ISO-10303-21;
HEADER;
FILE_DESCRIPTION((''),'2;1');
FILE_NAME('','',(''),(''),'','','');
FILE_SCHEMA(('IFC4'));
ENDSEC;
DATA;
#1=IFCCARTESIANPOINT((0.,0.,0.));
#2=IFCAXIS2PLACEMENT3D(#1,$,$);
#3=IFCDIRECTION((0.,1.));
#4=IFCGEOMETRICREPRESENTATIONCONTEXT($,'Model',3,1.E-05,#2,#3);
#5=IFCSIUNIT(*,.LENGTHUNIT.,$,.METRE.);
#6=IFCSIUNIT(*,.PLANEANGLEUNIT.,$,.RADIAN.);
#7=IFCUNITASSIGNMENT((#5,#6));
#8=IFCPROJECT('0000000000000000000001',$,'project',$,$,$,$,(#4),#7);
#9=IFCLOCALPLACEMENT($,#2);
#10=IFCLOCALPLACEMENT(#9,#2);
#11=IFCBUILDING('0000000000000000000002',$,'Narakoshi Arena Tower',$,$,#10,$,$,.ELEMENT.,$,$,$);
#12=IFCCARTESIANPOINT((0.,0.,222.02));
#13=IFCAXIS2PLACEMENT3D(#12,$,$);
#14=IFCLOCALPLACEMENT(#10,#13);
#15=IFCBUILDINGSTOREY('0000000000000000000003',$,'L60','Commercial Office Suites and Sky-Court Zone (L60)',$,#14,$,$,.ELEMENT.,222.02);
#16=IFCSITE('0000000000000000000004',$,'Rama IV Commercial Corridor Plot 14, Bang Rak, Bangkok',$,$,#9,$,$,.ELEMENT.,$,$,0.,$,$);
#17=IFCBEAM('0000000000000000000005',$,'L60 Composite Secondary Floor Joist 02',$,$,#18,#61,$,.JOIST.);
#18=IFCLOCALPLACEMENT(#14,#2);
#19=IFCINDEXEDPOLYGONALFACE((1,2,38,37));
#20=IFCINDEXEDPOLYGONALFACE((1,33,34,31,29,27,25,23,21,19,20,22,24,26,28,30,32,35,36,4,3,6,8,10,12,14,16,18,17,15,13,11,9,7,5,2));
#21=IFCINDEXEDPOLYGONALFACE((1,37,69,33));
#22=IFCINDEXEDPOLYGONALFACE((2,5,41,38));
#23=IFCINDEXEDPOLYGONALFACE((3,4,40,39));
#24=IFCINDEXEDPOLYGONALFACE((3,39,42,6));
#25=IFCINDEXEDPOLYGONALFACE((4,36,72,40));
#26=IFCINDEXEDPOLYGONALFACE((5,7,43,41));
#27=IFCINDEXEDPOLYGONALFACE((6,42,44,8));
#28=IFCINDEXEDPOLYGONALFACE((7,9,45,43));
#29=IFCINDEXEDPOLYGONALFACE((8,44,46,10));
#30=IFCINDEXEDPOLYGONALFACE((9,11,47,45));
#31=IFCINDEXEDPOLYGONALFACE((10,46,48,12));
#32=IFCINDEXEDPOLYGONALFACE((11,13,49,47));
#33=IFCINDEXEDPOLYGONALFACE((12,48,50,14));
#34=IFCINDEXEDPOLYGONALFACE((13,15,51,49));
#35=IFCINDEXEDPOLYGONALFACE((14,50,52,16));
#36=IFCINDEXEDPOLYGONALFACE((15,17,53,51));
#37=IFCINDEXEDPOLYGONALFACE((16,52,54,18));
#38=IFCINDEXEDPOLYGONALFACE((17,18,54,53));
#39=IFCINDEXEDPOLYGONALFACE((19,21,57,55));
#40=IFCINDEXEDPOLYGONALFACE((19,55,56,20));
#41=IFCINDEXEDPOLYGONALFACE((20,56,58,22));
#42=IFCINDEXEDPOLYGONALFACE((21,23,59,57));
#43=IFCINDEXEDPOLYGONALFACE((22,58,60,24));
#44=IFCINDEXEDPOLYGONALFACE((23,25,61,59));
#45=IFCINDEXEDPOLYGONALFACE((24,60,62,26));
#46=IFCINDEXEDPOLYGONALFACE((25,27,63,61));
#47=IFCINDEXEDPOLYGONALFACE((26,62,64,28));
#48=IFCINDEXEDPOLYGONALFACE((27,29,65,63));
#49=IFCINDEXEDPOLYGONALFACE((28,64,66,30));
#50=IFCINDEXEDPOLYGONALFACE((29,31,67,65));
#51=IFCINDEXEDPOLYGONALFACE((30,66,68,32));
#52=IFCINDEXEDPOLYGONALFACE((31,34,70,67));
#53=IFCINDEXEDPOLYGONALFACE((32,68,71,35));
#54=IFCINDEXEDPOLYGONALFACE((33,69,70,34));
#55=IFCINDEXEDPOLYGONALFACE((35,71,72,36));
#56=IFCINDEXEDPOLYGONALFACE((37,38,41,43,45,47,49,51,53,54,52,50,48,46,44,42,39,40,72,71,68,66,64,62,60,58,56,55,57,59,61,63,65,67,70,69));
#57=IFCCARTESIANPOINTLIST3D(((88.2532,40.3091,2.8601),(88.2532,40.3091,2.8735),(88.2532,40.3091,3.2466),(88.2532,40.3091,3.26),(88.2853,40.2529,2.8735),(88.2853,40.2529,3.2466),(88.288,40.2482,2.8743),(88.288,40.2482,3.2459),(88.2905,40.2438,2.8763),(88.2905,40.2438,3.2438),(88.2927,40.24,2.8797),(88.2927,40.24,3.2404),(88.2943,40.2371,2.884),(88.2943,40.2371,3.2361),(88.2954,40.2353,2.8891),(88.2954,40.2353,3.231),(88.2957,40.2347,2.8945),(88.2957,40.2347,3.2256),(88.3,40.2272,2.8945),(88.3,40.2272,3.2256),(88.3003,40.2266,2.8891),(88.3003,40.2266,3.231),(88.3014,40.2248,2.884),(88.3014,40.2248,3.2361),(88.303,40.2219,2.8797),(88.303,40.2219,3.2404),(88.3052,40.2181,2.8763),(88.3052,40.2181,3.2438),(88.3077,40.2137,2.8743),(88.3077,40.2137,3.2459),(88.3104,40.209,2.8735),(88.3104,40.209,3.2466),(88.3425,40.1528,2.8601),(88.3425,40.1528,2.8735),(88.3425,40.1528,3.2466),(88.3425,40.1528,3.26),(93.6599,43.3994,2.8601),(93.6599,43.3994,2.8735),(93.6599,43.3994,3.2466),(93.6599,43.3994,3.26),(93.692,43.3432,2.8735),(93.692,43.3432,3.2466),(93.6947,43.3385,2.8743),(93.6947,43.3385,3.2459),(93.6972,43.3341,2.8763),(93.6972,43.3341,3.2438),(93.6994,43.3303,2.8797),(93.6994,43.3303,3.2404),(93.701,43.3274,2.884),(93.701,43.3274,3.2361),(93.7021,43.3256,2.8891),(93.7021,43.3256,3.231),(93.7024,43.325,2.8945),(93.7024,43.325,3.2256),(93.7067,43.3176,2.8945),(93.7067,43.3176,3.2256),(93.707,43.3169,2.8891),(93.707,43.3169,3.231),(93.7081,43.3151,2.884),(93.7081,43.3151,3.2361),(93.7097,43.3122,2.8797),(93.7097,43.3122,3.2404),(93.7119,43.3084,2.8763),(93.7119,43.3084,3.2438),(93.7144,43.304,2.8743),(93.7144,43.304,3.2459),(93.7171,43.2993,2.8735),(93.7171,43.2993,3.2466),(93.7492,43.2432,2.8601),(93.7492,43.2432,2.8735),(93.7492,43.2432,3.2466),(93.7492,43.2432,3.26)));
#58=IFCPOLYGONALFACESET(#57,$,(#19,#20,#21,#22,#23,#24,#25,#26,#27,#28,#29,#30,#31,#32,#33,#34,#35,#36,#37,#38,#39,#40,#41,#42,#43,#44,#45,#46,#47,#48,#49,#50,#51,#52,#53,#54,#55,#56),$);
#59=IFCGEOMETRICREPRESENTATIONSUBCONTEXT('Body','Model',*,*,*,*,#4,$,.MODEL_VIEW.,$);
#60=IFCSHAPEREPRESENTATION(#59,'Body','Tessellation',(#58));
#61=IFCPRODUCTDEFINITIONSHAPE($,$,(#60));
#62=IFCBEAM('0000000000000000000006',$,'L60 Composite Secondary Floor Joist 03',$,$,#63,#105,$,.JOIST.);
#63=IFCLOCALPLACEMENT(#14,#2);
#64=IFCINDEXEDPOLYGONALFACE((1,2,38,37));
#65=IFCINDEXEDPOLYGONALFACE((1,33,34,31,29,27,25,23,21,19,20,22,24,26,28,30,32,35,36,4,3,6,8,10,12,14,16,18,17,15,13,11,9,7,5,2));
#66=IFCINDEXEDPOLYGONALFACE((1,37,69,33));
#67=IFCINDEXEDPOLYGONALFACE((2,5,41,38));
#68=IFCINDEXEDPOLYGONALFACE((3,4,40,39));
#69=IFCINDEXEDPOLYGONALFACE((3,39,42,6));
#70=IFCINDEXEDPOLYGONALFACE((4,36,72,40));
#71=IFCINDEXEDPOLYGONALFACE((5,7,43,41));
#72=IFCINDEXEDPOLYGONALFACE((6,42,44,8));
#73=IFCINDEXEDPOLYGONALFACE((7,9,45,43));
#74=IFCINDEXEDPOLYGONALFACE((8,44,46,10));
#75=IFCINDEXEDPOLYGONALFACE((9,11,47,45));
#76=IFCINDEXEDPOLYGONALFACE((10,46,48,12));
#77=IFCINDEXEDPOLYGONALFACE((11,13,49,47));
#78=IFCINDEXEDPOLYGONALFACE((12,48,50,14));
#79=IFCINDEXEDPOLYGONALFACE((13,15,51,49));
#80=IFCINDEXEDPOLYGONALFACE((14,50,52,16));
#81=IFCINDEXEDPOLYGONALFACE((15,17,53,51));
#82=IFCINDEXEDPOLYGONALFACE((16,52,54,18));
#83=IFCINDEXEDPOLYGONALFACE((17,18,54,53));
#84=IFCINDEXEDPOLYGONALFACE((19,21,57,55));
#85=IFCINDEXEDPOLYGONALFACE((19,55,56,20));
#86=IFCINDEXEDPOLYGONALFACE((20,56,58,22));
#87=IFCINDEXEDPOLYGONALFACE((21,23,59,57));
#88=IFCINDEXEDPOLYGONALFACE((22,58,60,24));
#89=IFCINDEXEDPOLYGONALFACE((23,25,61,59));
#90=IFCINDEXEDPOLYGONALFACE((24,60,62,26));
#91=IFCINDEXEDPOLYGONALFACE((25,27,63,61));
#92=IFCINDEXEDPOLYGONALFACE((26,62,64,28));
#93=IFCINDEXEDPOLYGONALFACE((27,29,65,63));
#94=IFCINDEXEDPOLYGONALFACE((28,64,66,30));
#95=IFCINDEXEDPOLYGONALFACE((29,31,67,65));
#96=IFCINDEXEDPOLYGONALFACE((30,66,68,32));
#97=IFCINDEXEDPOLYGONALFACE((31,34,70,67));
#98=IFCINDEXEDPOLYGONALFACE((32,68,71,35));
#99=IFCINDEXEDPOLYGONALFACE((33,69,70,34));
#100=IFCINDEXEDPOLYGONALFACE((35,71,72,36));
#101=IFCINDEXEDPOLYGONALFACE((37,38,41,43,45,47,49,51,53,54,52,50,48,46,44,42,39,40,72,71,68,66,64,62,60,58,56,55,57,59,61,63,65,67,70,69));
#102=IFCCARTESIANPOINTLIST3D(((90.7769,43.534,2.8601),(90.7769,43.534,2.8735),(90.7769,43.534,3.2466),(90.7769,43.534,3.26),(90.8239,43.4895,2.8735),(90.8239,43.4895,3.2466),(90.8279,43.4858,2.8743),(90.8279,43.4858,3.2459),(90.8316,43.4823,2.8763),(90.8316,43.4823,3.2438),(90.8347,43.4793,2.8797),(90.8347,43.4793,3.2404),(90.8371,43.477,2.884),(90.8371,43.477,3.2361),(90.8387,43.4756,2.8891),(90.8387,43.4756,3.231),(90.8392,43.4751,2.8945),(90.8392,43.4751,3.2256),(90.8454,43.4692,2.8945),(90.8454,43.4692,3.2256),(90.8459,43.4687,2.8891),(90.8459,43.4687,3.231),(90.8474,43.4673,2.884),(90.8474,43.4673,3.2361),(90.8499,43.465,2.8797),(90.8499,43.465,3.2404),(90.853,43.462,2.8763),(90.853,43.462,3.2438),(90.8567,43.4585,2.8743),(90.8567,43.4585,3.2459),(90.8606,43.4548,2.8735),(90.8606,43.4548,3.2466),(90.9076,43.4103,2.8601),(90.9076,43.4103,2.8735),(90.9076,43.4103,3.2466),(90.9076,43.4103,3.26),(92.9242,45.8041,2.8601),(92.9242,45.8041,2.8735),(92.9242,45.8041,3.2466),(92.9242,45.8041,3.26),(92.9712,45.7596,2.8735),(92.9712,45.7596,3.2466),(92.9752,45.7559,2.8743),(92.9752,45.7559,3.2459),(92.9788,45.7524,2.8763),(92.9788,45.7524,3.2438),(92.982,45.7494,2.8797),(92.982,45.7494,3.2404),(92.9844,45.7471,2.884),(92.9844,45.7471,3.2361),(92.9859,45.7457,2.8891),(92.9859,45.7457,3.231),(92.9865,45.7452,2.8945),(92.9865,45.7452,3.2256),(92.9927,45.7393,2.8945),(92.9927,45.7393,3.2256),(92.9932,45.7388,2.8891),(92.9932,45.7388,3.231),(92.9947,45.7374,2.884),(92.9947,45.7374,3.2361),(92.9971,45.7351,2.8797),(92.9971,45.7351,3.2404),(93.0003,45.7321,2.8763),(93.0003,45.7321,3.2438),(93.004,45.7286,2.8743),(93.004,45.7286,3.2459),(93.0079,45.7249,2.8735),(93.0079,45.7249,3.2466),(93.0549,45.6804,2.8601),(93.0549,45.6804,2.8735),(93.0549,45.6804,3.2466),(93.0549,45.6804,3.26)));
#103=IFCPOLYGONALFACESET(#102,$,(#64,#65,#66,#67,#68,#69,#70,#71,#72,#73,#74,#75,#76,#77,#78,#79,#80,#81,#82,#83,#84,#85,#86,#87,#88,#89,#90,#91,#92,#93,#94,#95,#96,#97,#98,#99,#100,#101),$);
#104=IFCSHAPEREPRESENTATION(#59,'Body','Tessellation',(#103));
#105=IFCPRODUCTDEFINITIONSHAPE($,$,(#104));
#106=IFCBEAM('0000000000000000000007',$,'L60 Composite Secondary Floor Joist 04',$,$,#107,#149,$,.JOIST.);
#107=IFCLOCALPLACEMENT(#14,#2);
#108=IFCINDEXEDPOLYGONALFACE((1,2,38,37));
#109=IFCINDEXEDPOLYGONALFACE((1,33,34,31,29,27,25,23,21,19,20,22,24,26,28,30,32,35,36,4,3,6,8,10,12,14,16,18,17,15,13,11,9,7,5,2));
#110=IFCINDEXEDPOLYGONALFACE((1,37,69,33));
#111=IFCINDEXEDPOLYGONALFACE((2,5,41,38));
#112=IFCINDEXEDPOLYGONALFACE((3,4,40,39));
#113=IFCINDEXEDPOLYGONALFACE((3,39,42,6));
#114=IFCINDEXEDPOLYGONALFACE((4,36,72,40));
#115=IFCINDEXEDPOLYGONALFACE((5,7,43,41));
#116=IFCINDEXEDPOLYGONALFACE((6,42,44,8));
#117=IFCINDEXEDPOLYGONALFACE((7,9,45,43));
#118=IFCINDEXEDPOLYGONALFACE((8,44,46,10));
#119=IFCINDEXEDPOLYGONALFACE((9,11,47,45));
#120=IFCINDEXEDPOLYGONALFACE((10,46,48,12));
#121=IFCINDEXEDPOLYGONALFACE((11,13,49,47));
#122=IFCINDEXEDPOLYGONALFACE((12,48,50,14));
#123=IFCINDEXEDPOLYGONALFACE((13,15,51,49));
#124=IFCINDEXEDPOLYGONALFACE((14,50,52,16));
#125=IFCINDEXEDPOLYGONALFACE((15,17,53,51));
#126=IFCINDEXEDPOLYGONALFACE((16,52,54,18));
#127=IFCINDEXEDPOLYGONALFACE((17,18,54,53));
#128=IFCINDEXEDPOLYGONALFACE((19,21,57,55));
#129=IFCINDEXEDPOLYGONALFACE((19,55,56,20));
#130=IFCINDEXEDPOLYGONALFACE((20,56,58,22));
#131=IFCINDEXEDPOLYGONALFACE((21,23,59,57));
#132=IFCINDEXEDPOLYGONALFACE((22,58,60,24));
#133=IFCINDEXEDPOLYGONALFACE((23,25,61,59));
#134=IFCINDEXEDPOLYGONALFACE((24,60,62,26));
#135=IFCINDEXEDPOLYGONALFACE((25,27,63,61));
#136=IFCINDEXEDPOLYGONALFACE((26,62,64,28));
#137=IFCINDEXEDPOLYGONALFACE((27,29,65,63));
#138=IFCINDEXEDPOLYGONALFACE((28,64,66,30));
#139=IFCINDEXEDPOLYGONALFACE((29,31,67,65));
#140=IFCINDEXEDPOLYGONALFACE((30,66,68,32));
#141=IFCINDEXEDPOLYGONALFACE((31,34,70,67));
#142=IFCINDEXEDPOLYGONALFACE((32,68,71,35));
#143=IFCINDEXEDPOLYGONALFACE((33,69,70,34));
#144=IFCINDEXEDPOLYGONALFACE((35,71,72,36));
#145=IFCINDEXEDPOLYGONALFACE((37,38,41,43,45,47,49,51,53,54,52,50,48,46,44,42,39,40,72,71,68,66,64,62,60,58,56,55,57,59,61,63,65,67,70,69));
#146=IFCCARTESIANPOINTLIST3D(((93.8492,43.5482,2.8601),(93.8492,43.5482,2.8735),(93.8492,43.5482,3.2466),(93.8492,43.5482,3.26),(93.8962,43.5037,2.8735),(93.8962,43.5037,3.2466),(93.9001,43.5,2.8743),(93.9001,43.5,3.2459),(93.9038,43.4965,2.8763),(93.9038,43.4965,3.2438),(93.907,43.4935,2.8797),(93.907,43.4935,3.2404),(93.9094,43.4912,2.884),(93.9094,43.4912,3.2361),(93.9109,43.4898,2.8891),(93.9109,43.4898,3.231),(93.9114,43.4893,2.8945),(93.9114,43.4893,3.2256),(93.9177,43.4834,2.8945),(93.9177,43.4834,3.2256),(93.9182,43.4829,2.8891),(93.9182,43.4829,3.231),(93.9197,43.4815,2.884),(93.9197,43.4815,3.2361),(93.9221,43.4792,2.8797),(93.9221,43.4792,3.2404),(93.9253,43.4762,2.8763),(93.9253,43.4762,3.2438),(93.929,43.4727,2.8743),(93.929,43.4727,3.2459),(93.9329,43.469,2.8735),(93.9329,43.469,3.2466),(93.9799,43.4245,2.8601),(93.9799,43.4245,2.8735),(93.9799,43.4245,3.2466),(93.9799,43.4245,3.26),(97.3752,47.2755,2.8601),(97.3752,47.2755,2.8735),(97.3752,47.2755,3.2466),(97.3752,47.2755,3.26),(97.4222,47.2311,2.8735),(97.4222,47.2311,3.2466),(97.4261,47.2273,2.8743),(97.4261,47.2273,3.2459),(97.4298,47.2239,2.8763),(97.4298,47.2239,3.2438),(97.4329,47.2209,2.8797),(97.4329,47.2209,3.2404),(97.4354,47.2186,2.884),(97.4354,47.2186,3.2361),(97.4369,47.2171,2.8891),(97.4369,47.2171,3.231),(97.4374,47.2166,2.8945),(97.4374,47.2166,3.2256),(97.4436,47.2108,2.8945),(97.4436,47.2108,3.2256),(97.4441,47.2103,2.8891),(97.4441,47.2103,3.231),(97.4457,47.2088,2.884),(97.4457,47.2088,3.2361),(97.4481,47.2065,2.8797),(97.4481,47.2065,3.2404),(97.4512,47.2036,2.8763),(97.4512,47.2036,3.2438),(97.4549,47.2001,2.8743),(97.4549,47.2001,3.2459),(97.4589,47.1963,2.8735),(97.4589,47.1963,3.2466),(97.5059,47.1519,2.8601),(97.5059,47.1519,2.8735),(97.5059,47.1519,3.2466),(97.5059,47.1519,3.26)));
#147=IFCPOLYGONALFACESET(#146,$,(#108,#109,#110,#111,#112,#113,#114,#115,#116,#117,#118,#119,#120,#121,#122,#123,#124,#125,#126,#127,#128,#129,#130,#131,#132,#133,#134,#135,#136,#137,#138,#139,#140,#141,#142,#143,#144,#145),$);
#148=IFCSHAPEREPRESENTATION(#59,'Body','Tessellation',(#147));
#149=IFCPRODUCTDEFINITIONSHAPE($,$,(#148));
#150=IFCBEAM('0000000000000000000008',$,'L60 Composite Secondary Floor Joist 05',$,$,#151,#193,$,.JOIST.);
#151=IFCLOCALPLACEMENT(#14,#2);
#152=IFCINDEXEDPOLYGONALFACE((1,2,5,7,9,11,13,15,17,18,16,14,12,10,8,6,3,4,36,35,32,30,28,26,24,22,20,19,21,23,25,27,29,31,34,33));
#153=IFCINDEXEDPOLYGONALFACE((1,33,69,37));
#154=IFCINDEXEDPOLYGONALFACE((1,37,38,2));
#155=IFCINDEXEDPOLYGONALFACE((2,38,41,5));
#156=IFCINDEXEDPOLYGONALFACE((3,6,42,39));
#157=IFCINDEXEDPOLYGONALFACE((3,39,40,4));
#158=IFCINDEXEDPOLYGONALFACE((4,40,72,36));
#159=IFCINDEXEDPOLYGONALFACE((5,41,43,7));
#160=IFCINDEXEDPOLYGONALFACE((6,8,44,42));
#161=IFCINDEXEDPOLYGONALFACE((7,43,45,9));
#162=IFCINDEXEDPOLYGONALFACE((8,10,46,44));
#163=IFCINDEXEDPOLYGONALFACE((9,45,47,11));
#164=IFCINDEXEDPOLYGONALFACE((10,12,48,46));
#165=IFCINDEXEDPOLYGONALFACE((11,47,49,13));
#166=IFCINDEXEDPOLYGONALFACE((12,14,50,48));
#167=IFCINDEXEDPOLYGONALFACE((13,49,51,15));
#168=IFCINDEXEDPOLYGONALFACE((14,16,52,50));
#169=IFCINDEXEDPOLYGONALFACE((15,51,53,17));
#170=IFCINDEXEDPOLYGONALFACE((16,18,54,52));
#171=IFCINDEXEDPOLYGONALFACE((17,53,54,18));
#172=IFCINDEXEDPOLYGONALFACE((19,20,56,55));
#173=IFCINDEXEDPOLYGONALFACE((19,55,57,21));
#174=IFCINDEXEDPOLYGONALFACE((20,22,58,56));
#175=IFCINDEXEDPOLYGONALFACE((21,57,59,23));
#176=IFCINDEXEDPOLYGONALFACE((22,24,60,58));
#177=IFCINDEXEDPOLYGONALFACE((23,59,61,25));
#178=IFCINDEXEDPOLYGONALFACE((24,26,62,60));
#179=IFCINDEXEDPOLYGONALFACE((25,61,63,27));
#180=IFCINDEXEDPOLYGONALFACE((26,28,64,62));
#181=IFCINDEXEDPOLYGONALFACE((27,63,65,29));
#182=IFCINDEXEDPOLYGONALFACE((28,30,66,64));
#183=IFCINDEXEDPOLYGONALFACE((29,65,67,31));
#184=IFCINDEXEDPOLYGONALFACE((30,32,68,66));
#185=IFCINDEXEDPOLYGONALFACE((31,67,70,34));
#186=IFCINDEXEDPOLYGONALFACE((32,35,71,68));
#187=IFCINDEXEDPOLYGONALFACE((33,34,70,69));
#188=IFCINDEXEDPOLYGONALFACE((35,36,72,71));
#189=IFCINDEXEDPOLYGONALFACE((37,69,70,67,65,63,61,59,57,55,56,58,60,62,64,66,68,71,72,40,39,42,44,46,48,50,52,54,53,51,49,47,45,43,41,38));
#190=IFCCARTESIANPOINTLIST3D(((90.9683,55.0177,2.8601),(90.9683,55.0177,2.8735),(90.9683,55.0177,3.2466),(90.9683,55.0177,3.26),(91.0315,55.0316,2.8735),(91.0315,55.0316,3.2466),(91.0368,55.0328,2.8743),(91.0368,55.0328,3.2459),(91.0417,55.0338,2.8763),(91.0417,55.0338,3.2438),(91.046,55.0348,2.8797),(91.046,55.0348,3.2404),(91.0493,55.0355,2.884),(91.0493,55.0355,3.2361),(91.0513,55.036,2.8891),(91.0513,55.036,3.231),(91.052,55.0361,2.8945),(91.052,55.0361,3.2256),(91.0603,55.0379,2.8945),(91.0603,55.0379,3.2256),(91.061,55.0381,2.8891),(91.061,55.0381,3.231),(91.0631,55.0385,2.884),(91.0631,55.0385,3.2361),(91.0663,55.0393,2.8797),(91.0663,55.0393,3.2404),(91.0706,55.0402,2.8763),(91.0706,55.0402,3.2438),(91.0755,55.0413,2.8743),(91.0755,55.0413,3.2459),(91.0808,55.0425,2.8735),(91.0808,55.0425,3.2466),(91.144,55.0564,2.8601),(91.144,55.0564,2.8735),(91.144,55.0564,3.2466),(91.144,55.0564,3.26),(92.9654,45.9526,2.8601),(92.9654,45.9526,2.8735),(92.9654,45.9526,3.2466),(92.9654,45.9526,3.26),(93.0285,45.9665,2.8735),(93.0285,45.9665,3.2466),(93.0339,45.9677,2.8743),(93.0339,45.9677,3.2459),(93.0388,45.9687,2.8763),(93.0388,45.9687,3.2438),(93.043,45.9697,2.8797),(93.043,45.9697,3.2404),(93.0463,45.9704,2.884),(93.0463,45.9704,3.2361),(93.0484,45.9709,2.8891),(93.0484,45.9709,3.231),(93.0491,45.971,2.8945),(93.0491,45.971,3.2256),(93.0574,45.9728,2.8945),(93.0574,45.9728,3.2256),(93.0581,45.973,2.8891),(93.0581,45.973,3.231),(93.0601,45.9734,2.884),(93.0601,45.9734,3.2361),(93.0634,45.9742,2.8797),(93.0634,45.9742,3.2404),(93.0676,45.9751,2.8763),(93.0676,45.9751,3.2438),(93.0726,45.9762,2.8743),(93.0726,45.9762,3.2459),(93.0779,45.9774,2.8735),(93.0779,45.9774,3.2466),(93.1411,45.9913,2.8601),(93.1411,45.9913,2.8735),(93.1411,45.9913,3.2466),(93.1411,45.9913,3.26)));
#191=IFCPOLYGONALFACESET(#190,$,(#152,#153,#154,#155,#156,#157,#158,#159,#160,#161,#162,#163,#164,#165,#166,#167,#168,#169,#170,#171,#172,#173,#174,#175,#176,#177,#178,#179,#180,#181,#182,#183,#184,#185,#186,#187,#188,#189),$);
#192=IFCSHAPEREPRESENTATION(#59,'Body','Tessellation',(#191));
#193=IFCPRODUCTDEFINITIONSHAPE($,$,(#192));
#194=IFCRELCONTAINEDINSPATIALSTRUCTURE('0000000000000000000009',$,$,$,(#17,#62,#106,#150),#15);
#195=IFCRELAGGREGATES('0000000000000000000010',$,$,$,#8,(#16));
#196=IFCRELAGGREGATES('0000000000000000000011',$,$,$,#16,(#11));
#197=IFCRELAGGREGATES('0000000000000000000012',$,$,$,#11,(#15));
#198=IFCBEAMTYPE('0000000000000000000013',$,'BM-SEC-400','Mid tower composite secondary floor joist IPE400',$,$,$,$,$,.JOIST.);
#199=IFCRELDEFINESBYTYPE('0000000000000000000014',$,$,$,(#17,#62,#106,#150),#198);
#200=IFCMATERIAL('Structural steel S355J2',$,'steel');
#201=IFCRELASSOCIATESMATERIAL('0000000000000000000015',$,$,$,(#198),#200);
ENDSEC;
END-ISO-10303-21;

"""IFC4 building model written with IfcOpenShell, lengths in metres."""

from ifc_helpers import new_model, si_unit, direction, frame, origin, origin_2d, place, context, subcontext, project, spatial, i_section, extrude, material, material_profile, profile_set, type_object, element, save


model = new_model("IFC4")

# Units and contexts
model_context = context("Model", 3, precision=1e-05, world=origin(), true_north=direction((0.0, 1.0)))
body_context = subcontext(model_context, "Body", "Model", "MODEL_VIEW")
ifc_project = project(units=[si_unit("LENGTHUNIT", "METRE"), si_unit("PLANEANGLEUNIT", "RADIAN")], contexts=[model_context])

# Site, building, storey
site_placement = place(None, origin())
site = spatial("IfcSite", under=ifc_project, at=site_placement, Name="Rama IV Commercial Corridor Plot 14, Bang Rak, Bangkok", CompositionType="ELEMENT", RefElevation=0.0)
building_placement = place(site_placement, origin())
building = spatial("IfcBuilding", under=site, at=building_placement, Name="Narakoshi Arena Tower", CompositionType="ELEMENT")
storey_placement = place(building_placement, frame((0.0, 0.0, 222.02)))
storey = spatial("IfcBuildingStorey", under=building, at=storey_placement, Name="L60", Description="Commercial Office Suites and Sky-Court Zone (L60)", CompositionType="ELEMENT", Elevation=222.02)

# Beams
ifc_material_1 = material(Name="Structural steel S355J2", Category="steel")
ifc_material_profile_1 = material_profile(ifc_material_1, i_section(OverallWidth=0.1799, OverallDepth=0.3999, WebThickness=0.0085, FlangeThickness=0.0134, FilletRadius=0.021, at=origin_2d()), Name="IPE400")
ifc_profile_set_1 = profile_set([ifc_material_profile_1], Name="Structural steel S355J2")
beam_type_1 = type_object("IfcBeamType", Name="BM-SEC-400", Description="Mid tower composite secondary floor joist IPE400", PredefinedType="JOIST", material=ifc_profile_set_1)
beam_1_placement = place(storey_placement, frame((88.2979, 40.231, 3.0601), z_axis=(0.86819, 0.496232, 0.0), x_axis=(-0.496232, 0.86819, 0.0)))
element("IfcBeam", 1, at=beam_1_placement, inside=storey, type_object=beam_type_1, Name="L60 Composite Secondary Floor Joist 02", PredefinedType="JOIST", context=body_context, shape_type="SweptSolid", body=[
    extrude(i_section(OverallWidth=0.1799, OverallDepth=0.3999, WebThickness=0.0085, FlangeThickness=0.0134, FilletRadius=0.021, at=origin_2d()), origin(), (0.0, 0.0, 1.0), 6.2275),
])
beam_2_placement = place(storey_placement, frame((90.8423, 43.4722, 3.0601), z_axis=(0.687183, 0.726484, 0.0), x_axis=(-0.726484, 0.687183, 0.0)))
element("IfcBeam", 2, at=beam_2_placement, inside=storey, type_object=beam_type_1, Name="L60 Composite Secondary Floor Joist 03", PredefinedType="JOIST", context=body_context, shape_type="SweptSolid", body=[
    extrude(i_section(OverallWidth=0.1799, OverallDepth=0.3999, WebThickness=0.0085, FlangeThickness=0.0134, FilletRadius=0.021, at=origin_2d()), origin(), (0.0, 0.0, 1.0), 3.1248),
])
beam_3_placement = place(storey_placement, frame((93.9146, 43.4863, 3.0601), z_axis=(0.687206, 0.726463, 0.0), x_axis=(-0.726463, 0.687206, 0.0)))
element("IfcBeam", 3, at=beam_3_placement, inside=storey, type_object=beam_type_1, Name="L60 Composite Secondary Floor Joist 04", PredefinedType="JOIST", context=body_context, shape_type="SweptSolid", body=[
    extrude(i_section(OverallWidth=0.1799, OverallDepth=0.3999, WebThickness=0.0085, FlangeThickness=0.0134, FilletRadius=0.021, at=origin_2d()), origin(), (0.0, 0.0, 1.0), 5.1309),
])
beam_4_placement = place(storey_placement, frame((93.0532, 45.9719, 3.0601), z_axis=(-0.215142, 0.976583, 0.0), x_axis=(-0.976583, -0.215142, 0.0)))
element("IfcBeam", 4, at=beam_4_placement, inside=storey, type_object=beam_type_1, Name="L60 Composite Secondary Floor Joist 05", PredefinedType="JOIST", context=body_context, shape_type="SweptSolid", body=[
    extrude(i_section(OverallWidth=0.1799, OverallDepth=0.3999, WebThickness=0.0085, FlangeThickness=0.0134, FilletRadius=0.021, at=origin_2d()), origin(), (0.0, 0.0, 1.0), 9.2825),
])

save(model, "model.ifc")
